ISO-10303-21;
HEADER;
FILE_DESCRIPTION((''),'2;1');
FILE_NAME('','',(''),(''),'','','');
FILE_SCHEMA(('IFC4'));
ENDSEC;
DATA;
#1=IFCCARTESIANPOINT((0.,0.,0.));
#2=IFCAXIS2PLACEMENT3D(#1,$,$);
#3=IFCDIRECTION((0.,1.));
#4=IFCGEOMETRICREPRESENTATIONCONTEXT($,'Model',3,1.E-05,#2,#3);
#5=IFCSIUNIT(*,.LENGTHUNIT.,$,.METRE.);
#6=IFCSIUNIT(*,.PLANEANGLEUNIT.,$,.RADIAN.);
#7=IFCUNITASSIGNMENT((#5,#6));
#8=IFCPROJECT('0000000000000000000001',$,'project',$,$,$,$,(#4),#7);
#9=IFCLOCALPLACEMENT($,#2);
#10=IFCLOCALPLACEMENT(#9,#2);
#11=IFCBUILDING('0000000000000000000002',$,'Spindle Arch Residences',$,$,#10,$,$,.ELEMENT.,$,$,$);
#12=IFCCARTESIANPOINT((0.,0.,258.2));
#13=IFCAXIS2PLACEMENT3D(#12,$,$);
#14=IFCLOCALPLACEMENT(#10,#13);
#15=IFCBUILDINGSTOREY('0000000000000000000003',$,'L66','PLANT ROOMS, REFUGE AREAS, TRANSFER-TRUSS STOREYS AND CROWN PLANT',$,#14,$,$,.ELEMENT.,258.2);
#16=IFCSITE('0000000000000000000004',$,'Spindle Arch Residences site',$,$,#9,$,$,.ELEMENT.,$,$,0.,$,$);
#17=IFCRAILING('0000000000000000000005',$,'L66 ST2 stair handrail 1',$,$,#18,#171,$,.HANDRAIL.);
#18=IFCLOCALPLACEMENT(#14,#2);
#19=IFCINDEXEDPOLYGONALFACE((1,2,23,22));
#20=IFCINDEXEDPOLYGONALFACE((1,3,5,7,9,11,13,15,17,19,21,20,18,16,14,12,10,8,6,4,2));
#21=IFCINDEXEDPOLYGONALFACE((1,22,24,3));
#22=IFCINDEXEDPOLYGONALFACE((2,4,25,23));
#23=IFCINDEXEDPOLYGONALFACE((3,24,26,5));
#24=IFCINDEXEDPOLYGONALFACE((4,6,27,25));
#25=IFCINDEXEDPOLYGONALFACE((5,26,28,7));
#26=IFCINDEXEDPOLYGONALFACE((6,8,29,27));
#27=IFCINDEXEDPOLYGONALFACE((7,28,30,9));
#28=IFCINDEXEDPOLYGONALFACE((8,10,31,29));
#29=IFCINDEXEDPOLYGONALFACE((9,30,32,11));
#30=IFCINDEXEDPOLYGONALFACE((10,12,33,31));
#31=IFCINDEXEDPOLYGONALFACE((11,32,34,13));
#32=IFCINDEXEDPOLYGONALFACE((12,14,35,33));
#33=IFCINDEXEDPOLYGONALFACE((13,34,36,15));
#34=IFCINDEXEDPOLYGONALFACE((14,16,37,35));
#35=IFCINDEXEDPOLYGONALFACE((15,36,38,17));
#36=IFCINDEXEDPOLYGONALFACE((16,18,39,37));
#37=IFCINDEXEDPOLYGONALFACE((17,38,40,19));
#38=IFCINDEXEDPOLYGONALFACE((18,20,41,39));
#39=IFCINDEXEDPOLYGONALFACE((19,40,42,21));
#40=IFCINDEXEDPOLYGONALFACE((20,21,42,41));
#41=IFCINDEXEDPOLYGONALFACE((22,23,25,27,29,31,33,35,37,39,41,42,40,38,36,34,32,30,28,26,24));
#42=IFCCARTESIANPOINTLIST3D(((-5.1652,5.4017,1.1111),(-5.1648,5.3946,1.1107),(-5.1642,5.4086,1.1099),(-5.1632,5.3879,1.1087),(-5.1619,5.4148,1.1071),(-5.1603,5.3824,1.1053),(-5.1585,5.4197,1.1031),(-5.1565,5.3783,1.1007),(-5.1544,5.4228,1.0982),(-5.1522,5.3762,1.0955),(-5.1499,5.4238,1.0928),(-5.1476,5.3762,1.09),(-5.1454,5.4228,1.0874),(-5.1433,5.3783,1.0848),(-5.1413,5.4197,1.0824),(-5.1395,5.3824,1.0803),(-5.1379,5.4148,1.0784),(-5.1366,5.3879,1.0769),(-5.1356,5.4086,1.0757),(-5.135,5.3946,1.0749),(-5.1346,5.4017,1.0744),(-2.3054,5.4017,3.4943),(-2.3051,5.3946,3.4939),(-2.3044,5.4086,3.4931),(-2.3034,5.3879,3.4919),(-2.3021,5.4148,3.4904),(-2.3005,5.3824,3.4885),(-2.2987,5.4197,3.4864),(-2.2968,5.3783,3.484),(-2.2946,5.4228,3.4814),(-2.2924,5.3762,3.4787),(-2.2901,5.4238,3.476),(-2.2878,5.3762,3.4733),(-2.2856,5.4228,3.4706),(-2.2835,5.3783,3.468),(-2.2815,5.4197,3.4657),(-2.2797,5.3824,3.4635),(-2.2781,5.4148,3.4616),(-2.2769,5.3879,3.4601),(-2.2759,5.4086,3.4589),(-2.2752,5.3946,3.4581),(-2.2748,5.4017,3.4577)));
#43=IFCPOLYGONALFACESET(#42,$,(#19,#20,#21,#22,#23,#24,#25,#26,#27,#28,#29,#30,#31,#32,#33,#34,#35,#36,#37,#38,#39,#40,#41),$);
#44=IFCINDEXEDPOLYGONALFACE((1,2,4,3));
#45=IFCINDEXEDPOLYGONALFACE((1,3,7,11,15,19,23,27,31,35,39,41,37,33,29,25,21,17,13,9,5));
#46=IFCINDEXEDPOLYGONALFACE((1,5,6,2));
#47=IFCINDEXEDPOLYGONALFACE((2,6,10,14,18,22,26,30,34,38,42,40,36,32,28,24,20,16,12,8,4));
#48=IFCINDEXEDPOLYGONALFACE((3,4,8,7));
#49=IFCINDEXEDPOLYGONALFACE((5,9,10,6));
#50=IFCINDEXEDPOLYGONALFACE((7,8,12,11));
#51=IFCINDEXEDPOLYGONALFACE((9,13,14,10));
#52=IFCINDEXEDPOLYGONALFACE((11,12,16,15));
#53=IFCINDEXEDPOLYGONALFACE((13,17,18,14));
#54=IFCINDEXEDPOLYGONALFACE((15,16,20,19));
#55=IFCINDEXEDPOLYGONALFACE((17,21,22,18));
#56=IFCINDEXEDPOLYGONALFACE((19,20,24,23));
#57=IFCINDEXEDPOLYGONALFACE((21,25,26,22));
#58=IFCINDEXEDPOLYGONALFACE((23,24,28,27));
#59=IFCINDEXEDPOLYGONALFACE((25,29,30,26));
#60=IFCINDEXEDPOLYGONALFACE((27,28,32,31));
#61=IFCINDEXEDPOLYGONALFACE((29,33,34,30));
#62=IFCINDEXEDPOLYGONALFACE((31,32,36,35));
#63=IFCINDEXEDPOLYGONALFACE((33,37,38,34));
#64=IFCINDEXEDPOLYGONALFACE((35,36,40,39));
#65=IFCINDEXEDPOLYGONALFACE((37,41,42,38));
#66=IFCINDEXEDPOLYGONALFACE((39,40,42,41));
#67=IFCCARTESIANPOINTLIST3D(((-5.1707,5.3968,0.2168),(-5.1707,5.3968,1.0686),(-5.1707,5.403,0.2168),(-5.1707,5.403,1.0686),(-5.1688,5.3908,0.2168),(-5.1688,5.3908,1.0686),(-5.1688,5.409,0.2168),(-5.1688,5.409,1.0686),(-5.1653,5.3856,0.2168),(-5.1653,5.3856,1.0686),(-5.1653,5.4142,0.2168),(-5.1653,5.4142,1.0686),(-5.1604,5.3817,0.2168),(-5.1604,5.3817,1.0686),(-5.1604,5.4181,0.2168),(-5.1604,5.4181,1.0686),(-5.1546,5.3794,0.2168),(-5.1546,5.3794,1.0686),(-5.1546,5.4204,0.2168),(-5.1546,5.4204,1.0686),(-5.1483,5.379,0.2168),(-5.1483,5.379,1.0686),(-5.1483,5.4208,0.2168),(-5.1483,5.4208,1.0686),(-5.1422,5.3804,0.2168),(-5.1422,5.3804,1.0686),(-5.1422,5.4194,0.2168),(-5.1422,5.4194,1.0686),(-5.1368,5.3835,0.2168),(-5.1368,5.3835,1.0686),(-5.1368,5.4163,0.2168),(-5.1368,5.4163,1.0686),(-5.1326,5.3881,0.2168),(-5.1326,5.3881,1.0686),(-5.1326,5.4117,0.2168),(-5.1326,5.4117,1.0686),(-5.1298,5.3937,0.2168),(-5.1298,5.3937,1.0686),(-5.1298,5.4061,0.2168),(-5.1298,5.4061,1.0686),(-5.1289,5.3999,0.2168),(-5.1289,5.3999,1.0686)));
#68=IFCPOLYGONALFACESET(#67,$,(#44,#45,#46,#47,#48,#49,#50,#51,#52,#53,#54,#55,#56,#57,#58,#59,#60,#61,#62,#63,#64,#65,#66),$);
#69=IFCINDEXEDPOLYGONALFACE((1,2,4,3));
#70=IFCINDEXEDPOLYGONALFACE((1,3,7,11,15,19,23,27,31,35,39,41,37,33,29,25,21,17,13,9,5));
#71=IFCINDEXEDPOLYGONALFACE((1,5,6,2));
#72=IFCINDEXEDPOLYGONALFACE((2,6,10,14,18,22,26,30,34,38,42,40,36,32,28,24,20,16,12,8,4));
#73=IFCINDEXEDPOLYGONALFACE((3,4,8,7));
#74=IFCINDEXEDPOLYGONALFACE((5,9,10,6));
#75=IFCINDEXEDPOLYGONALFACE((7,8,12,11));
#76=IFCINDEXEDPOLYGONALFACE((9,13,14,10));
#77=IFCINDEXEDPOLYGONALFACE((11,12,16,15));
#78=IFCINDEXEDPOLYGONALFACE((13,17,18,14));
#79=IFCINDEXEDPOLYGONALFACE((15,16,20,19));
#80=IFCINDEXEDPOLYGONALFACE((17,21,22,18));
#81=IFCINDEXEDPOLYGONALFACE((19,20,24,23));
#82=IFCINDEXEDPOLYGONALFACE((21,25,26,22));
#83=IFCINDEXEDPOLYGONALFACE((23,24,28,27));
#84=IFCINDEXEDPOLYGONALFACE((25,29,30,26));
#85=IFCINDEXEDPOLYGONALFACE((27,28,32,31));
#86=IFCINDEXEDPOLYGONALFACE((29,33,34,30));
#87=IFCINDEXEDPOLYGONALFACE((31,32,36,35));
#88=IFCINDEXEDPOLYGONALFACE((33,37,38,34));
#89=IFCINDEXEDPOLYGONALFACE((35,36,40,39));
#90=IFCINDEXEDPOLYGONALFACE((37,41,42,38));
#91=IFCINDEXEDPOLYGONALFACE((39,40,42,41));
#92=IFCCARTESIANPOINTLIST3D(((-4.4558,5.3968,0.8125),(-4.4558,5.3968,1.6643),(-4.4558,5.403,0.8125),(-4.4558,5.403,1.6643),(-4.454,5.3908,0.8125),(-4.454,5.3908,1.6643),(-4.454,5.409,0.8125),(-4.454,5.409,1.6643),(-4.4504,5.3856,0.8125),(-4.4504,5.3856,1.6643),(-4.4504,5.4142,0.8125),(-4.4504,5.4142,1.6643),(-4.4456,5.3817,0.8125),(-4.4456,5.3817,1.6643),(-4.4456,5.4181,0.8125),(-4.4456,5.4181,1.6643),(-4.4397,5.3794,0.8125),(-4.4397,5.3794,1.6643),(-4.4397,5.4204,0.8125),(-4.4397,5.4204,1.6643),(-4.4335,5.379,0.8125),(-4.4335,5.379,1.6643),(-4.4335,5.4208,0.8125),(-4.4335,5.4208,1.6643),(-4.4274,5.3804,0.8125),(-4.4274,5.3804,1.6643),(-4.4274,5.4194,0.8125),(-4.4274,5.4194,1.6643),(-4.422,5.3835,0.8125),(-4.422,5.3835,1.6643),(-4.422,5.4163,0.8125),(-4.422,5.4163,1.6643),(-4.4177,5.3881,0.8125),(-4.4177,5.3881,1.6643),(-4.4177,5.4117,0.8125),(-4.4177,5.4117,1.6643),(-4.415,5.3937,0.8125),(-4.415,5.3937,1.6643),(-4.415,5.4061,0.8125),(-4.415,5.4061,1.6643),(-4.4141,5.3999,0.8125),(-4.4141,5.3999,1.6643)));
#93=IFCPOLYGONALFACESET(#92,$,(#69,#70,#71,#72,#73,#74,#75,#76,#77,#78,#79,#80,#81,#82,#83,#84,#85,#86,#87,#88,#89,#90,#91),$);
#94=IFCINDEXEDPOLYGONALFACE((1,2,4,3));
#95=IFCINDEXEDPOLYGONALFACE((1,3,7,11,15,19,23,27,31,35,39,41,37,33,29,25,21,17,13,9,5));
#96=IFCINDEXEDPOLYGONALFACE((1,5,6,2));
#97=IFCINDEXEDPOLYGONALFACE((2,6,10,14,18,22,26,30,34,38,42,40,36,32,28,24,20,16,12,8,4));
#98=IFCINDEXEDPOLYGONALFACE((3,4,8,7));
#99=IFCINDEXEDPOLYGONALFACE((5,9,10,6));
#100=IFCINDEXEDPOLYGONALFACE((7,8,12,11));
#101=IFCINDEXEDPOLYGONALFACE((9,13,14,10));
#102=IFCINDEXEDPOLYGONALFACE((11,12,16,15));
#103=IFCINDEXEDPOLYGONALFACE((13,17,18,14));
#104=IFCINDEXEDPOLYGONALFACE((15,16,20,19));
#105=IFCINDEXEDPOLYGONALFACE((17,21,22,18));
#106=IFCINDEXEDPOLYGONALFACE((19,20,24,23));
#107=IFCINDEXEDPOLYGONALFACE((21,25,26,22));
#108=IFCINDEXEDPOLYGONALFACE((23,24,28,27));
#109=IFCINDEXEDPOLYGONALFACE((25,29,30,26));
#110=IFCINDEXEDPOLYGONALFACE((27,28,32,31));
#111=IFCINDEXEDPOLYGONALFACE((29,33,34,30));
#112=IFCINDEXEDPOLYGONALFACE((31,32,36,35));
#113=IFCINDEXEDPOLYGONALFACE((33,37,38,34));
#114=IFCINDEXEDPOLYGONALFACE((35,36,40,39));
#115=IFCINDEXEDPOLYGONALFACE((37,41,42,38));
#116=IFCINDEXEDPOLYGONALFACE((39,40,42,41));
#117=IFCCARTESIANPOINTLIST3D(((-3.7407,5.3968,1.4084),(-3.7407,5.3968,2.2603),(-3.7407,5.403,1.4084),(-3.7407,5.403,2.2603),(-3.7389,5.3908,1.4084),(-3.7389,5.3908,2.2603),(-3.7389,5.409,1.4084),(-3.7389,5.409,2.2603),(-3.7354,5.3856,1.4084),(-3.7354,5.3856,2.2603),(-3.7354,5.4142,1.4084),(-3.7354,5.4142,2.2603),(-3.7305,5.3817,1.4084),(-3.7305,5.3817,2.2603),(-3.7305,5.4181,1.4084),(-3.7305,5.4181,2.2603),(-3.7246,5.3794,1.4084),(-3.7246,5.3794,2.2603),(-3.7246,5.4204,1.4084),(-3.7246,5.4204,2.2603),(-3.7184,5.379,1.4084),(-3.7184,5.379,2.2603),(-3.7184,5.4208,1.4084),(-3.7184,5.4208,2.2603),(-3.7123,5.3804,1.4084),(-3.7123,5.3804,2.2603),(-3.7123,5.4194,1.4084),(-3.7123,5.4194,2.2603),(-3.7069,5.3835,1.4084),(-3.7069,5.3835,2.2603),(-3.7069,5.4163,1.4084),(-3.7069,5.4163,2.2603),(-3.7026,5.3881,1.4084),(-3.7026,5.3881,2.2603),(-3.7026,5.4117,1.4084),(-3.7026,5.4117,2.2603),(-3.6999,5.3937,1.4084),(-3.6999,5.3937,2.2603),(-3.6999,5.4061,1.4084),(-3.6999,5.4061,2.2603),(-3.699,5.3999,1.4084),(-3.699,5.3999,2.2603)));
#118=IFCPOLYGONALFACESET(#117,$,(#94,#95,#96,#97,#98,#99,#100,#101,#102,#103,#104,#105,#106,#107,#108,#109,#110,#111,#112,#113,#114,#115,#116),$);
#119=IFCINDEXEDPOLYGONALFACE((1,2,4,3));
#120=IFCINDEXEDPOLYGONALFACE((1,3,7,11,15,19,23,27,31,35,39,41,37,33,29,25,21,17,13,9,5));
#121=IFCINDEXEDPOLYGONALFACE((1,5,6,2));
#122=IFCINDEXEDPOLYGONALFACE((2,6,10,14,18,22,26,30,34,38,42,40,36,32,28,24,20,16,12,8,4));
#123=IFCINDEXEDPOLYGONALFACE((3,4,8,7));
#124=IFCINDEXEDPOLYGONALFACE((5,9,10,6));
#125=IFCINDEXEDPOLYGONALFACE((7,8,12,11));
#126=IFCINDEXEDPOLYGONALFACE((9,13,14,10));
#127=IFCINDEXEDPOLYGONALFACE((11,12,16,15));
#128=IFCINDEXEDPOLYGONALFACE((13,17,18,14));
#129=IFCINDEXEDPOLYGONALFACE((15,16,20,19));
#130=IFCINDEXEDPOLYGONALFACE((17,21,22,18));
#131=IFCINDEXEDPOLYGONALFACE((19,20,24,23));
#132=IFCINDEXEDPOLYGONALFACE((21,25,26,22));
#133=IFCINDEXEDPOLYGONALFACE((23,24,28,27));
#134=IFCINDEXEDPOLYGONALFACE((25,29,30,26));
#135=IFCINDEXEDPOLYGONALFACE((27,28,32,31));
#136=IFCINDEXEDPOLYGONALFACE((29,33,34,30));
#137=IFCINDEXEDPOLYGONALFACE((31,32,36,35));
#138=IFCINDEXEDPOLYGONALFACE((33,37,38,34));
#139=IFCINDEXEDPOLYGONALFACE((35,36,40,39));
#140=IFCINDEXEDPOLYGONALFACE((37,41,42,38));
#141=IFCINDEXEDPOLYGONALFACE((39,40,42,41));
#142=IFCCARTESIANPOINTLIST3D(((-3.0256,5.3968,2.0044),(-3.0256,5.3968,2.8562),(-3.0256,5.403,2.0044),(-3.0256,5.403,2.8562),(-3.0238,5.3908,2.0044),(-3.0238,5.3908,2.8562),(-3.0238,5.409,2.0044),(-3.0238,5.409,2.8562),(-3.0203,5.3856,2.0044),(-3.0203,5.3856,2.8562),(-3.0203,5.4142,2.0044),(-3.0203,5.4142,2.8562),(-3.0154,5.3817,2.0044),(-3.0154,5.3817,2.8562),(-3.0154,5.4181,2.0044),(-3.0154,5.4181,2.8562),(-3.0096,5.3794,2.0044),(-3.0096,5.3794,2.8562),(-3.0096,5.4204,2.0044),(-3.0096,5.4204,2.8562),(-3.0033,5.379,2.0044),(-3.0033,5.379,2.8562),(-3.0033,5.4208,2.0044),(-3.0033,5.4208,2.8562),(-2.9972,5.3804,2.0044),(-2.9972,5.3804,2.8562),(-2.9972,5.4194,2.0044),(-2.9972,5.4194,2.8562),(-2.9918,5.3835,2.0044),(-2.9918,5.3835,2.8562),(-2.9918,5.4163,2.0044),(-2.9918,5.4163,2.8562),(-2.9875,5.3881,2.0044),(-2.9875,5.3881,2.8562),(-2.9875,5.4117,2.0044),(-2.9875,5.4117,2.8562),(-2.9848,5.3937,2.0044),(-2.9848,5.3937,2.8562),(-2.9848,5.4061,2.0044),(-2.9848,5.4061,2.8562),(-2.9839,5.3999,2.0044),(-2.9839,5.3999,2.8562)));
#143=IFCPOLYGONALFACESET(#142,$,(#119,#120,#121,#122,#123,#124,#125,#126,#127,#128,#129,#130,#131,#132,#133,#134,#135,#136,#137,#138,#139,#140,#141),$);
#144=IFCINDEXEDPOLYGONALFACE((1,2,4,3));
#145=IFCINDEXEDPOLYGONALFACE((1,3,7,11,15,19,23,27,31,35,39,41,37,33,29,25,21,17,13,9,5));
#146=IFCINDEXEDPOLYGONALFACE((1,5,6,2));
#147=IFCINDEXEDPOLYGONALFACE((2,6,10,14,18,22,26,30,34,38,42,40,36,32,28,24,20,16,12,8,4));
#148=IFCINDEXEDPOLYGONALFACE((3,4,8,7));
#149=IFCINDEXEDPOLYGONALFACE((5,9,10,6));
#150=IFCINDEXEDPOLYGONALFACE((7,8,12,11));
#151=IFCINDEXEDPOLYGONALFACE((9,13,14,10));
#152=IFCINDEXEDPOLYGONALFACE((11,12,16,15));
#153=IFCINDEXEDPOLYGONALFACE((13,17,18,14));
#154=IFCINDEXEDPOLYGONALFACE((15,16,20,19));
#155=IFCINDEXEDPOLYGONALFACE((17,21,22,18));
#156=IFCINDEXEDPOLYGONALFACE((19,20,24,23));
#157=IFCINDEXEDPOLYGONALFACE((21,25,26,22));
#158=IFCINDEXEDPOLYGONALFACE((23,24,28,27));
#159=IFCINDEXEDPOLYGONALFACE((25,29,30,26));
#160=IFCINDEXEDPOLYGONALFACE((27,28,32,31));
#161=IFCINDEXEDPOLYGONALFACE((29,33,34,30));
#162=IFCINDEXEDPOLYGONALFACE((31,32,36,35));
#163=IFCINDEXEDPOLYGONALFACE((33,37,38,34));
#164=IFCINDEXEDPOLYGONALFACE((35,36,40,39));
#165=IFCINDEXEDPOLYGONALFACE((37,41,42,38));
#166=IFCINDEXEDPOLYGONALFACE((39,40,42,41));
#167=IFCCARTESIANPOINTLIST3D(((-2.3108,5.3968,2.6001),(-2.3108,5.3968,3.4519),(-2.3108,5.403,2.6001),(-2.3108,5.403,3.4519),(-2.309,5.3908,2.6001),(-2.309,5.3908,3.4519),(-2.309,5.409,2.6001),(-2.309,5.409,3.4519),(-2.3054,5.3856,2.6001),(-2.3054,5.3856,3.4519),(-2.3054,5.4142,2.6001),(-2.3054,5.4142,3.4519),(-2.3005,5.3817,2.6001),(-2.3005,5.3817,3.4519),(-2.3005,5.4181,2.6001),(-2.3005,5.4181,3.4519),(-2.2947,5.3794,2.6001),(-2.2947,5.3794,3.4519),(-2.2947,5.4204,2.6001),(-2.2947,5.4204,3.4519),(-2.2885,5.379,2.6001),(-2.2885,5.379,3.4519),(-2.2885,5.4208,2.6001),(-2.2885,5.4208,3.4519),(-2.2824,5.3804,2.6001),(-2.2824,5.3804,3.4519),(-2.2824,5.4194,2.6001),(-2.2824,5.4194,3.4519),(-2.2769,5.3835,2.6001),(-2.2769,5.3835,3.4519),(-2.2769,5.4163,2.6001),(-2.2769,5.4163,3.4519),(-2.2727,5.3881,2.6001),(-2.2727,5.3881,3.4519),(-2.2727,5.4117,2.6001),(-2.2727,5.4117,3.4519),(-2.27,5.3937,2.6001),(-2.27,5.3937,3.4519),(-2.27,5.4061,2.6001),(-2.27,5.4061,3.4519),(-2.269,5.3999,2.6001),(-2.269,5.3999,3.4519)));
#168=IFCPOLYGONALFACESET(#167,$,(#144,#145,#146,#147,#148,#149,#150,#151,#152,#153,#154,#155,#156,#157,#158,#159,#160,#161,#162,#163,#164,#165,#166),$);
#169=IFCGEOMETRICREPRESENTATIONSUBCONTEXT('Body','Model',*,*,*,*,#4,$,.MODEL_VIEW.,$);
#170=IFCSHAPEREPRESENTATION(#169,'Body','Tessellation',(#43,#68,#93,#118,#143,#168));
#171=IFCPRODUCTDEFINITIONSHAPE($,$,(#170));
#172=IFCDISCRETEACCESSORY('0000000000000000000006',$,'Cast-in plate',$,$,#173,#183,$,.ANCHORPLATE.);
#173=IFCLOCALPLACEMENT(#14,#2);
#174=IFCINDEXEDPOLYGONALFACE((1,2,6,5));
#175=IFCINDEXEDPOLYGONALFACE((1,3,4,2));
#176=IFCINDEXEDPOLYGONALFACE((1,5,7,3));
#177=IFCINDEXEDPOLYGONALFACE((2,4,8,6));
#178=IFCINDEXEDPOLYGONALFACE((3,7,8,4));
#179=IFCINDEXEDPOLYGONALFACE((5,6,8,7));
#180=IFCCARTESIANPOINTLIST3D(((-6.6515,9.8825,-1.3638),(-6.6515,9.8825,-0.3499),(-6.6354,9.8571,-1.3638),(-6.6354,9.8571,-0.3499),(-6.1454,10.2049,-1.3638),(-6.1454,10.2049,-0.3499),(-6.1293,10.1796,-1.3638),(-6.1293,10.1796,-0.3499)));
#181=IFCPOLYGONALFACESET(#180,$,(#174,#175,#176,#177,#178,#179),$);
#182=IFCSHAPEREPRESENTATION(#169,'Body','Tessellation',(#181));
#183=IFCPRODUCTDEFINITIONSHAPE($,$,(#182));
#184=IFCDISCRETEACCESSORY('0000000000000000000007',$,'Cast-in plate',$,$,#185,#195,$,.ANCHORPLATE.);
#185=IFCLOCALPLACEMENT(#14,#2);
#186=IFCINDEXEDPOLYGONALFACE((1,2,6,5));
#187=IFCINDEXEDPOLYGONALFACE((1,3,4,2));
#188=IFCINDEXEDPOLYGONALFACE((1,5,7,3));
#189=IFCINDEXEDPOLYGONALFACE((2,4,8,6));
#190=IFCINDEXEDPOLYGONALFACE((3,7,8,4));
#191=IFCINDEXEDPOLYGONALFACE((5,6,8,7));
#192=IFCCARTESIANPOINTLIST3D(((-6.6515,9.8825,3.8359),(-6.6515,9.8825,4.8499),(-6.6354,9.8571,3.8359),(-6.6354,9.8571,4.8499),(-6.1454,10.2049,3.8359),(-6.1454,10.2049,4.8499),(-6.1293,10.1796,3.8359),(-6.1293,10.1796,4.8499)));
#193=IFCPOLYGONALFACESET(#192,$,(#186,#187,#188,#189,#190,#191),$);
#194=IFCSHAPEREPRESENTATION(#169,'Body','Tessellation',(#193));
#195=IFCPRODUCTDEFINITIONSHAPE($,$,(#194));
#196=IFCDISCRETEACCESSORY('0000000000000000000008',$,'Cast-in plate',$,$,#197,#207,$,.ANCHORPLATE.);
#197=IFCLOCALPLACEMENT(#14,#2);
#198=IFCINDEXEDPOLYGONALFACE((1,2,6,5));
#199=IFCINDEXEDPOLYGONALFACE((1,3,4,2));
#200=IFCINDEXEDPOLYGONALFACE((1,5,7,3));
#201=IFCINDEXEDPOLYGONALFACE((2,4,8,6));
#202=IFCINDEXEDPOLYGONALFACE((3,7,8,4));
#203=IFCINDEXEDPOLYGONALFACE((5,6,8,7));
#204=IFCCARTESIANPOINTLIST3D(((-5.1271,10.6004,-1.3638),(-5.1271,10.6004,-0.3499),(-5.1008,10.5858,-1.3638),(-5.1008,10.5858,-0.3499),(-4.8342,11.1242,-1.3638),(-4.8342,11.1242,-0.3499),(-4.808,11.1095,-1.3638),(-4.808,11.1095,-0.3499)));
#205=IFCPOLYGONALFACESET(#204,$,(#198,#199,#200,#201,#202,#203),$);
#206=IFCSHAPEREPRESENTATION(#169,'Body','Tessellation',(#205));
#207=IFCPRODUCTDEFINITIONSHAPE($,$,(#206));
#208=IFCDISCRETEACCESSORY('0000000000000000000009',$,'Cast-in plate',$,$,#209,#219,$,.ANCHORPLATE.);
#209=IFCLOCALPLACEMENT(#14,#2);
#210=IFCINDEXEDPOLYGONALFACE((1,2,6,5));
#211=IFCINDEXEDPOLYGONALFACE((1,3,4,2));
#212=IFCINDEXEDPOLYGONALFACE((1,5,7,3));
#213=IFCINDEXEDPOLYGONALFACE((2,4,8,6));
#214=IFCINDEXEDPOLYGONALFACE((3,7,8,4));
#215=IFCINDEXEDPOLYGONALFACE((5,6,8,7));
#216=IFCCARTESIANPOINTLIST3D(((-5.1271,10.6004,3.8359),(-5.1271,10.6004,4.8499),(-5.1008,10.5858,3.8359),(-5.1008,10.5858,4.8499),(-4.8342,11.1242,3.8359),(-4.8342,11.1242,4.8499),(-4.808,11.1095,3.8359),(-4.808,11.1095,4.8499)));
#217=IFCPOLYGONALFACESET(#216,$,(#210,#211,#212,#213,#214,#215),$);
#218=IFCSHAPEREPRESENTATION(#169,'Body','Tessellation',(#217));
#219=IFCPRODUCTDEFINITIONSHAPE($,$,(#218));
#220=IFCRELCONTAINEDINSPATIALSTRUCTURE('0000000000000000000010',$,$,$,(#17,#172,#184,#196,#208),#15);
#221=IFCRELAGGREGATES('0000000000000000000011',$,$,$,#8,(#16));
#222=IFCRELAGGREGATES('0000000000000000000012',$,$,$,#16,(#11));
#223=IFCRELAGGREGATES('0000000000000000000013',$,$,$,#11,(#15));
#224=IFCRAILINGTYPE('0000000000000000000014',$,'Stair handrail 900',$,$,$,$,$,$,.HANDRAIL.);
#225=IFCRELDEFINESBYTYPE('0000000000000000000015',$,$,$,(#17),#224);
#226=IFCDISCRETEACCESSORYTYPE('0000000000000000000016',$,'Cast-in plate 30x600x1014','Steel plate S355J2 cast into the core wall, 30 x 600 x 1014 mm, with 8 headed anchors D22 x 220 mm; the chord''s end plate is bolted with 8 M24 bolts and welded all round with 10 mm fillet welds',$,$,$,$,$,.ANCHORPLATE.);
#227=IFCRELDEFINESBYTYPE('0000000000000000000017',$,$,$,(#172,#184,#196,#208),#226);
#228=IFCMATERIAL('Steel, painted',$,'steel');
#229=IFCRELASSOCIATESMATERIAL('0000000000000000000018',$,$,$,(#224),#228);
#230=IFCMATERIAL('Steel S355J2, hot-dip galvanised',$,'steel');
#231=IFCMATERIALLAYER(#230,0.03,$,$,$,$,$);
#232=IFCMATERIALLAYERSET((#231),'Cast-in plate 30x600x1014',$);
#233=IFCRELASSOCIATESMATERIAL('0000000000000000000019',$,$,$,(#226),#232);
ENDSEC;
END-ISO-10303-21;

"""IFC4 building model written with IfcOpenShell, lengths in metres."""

from ifc_helpers import new_model, si_unit, direction, frame, origin, origin_2d, place, context, subcontext, project, spatial, rectangle, circle, extrude, material, layer, layer_set, type_object, element, save


model = new_model("IFC4")

# Units and contexts
model_context = context("Model", 3, precision=1e-05, world=origin(), true_north=direction((0.0, 1.0)))
body_context = subcontext(model_context, "Body", "Model", "MODEL_VIEW")
ifc_project = project(units=[si_unit("LENGTHUNIT", "METRE"), si_unit("PLANEANGLEUNIT", "RADIAN")], contexts=[model_context])

# Site, building, storey
site_placement = place(None, origin())
site = spatial("IfcSite", under=ifc_project, at=site_placement, Name="Spindle Arch Residences site", CompositionType="ELEMENT", RefElevation=0.0)
building_placement = place(site_placement, origin())
building = spatial("IfcBuilding", under=site, at=building_placement, Name="Spindle Arch Residences", CompositionType="ELEMENT")
storey_placement = place(building_placement, frame((0.0, 0.0, 258.2)))
storey = spatial("IfcBuildingStorey", under=building, at=storey_placement, Name="L66", Description="PLANT ROOMS, REFUGE AREAS, TRANSFER-TRUSS STOREYS AND CROWN PLANT", CompositionType="ELEMENT", Elevation=258.2)

# Railing
ifc_material_1 = material(Name="Steel, painted", Category="steel")
railing_type_1 = type_object("IfcRailingType", Name="Stair handrail 900", PredefinedType="HANDRAIL", material=ifc_material_1)
railing_1_placement = place(storey_placement, frame((-5.1499, 5.3999, 0.2168)))
element("IfcRailing", 1, at=railing_1_placement, inside=storey, type_object=railing_type_1, Name="L66 ST2 stair handrail 1", PredefinedType="HANDRAIL", context=body_context, shape_type="SweptSolid", body=[
    extrude(circle(Radius=0.0239, at=origin_2d()), frame((0.0, 0.0, 0.876), z_axis=(0.768211, 0.0, 0.640197), x_axis=(0.0, 1.0, 0.0)), (0.0, 0.0, 1.0), 3.7227),
    extrude(circle(Radius=0.021, at=origin_2d()), origin(), (0.0, 0.0, 1.0), 0.8518),
    extrude(circle(Radius=0.021, at=origin_2d()), frame((0.7148, 0.0, 0.5957)), (0.0, 0.0, 1.0), 0.8518),
    extrude(circle(Radius=0.021, at=origin_2d()), frame((1.4299, 0.0, 1.1917)), (0.0, 0.0, 1.0), 0.8518),
    extrude(circle(Radius=0.021, at=origin_2d()), frame((2.145, 0.0, 1.7876)), (0.0, 0.0, 1.0), 0.8518),
    extrude(circle(Radius=0.021, at=origin_2d()), frame((2.8599, 0.0, 2.3833)), (0.0, 0.0, 1.0), 0.8518),
])

# Discrete accessories
ifc_material_2 = material(Name="Steel S355J2, hot-dip galvanised", Category="steel")
ifc_layer_1 = layer(ifc_material_2, 0.03)
ifc_layer_set_1 = layer_set([ifc_layer_1], Name="Cast-in plate 30x600x1014")
discrete_accessory_type = type_object("IfcDiscreteAccessoryType", Name="Cast-in plate 30x600x1014", Description="Steel plate S355J2 cast into the core wall, 30 x 600 x 1014 mm, with 8 headed anchors D22 x 220 mm; the chord's end plate is bolted with 8 M24 bolts and welded all round with 10 mm fillet welds", PredefinedType="ANCHORPLATE", material=ifc_layer_set_1)
for number, where, z_axis, x_axis, name in (
    (2, (-6.3904, 10.031, -1.3638), (0.0, 0.0, 1.0), (-0.537301, 0.843391, 0.0), "Cast-in plate"),
    (3, (-6.3904, 10.031, 3.8359), (0.0, 0.0, 1.0), (-0.537301, 0.843391, 0.0), "Cast-in plate"),
    (4, (-4.9675, 10.855, -1.3638), (0.0, 0.0, 1.0), (-0.872841, 0.488004, 0.0), "Cast-in plate"),
    (5, (-4.9675, 10.855, 3.8359), (0.0, 0.0, 1.0), (-0.872841, 0.488004, 0.0), "Cast-in plate"),
):
    element("IfcDiscreteAccessory", number, at=place(storey_placement, frame(where, z_axis=z_axis, x_axis=x_axis)), inside=storey, type_object=discrete_accessory_type, Name=name, PredefinedType="ANCHORPLATE", context=body_context, shape_type="SweptSolid", body=[
        extrude(rectangle(XDim=0.03, YDim=0.6001, at=origin_2d()), origin(), (0.0, 0.0, 1.0), 1.0139),
    ])

save(model, "model.ifc")
